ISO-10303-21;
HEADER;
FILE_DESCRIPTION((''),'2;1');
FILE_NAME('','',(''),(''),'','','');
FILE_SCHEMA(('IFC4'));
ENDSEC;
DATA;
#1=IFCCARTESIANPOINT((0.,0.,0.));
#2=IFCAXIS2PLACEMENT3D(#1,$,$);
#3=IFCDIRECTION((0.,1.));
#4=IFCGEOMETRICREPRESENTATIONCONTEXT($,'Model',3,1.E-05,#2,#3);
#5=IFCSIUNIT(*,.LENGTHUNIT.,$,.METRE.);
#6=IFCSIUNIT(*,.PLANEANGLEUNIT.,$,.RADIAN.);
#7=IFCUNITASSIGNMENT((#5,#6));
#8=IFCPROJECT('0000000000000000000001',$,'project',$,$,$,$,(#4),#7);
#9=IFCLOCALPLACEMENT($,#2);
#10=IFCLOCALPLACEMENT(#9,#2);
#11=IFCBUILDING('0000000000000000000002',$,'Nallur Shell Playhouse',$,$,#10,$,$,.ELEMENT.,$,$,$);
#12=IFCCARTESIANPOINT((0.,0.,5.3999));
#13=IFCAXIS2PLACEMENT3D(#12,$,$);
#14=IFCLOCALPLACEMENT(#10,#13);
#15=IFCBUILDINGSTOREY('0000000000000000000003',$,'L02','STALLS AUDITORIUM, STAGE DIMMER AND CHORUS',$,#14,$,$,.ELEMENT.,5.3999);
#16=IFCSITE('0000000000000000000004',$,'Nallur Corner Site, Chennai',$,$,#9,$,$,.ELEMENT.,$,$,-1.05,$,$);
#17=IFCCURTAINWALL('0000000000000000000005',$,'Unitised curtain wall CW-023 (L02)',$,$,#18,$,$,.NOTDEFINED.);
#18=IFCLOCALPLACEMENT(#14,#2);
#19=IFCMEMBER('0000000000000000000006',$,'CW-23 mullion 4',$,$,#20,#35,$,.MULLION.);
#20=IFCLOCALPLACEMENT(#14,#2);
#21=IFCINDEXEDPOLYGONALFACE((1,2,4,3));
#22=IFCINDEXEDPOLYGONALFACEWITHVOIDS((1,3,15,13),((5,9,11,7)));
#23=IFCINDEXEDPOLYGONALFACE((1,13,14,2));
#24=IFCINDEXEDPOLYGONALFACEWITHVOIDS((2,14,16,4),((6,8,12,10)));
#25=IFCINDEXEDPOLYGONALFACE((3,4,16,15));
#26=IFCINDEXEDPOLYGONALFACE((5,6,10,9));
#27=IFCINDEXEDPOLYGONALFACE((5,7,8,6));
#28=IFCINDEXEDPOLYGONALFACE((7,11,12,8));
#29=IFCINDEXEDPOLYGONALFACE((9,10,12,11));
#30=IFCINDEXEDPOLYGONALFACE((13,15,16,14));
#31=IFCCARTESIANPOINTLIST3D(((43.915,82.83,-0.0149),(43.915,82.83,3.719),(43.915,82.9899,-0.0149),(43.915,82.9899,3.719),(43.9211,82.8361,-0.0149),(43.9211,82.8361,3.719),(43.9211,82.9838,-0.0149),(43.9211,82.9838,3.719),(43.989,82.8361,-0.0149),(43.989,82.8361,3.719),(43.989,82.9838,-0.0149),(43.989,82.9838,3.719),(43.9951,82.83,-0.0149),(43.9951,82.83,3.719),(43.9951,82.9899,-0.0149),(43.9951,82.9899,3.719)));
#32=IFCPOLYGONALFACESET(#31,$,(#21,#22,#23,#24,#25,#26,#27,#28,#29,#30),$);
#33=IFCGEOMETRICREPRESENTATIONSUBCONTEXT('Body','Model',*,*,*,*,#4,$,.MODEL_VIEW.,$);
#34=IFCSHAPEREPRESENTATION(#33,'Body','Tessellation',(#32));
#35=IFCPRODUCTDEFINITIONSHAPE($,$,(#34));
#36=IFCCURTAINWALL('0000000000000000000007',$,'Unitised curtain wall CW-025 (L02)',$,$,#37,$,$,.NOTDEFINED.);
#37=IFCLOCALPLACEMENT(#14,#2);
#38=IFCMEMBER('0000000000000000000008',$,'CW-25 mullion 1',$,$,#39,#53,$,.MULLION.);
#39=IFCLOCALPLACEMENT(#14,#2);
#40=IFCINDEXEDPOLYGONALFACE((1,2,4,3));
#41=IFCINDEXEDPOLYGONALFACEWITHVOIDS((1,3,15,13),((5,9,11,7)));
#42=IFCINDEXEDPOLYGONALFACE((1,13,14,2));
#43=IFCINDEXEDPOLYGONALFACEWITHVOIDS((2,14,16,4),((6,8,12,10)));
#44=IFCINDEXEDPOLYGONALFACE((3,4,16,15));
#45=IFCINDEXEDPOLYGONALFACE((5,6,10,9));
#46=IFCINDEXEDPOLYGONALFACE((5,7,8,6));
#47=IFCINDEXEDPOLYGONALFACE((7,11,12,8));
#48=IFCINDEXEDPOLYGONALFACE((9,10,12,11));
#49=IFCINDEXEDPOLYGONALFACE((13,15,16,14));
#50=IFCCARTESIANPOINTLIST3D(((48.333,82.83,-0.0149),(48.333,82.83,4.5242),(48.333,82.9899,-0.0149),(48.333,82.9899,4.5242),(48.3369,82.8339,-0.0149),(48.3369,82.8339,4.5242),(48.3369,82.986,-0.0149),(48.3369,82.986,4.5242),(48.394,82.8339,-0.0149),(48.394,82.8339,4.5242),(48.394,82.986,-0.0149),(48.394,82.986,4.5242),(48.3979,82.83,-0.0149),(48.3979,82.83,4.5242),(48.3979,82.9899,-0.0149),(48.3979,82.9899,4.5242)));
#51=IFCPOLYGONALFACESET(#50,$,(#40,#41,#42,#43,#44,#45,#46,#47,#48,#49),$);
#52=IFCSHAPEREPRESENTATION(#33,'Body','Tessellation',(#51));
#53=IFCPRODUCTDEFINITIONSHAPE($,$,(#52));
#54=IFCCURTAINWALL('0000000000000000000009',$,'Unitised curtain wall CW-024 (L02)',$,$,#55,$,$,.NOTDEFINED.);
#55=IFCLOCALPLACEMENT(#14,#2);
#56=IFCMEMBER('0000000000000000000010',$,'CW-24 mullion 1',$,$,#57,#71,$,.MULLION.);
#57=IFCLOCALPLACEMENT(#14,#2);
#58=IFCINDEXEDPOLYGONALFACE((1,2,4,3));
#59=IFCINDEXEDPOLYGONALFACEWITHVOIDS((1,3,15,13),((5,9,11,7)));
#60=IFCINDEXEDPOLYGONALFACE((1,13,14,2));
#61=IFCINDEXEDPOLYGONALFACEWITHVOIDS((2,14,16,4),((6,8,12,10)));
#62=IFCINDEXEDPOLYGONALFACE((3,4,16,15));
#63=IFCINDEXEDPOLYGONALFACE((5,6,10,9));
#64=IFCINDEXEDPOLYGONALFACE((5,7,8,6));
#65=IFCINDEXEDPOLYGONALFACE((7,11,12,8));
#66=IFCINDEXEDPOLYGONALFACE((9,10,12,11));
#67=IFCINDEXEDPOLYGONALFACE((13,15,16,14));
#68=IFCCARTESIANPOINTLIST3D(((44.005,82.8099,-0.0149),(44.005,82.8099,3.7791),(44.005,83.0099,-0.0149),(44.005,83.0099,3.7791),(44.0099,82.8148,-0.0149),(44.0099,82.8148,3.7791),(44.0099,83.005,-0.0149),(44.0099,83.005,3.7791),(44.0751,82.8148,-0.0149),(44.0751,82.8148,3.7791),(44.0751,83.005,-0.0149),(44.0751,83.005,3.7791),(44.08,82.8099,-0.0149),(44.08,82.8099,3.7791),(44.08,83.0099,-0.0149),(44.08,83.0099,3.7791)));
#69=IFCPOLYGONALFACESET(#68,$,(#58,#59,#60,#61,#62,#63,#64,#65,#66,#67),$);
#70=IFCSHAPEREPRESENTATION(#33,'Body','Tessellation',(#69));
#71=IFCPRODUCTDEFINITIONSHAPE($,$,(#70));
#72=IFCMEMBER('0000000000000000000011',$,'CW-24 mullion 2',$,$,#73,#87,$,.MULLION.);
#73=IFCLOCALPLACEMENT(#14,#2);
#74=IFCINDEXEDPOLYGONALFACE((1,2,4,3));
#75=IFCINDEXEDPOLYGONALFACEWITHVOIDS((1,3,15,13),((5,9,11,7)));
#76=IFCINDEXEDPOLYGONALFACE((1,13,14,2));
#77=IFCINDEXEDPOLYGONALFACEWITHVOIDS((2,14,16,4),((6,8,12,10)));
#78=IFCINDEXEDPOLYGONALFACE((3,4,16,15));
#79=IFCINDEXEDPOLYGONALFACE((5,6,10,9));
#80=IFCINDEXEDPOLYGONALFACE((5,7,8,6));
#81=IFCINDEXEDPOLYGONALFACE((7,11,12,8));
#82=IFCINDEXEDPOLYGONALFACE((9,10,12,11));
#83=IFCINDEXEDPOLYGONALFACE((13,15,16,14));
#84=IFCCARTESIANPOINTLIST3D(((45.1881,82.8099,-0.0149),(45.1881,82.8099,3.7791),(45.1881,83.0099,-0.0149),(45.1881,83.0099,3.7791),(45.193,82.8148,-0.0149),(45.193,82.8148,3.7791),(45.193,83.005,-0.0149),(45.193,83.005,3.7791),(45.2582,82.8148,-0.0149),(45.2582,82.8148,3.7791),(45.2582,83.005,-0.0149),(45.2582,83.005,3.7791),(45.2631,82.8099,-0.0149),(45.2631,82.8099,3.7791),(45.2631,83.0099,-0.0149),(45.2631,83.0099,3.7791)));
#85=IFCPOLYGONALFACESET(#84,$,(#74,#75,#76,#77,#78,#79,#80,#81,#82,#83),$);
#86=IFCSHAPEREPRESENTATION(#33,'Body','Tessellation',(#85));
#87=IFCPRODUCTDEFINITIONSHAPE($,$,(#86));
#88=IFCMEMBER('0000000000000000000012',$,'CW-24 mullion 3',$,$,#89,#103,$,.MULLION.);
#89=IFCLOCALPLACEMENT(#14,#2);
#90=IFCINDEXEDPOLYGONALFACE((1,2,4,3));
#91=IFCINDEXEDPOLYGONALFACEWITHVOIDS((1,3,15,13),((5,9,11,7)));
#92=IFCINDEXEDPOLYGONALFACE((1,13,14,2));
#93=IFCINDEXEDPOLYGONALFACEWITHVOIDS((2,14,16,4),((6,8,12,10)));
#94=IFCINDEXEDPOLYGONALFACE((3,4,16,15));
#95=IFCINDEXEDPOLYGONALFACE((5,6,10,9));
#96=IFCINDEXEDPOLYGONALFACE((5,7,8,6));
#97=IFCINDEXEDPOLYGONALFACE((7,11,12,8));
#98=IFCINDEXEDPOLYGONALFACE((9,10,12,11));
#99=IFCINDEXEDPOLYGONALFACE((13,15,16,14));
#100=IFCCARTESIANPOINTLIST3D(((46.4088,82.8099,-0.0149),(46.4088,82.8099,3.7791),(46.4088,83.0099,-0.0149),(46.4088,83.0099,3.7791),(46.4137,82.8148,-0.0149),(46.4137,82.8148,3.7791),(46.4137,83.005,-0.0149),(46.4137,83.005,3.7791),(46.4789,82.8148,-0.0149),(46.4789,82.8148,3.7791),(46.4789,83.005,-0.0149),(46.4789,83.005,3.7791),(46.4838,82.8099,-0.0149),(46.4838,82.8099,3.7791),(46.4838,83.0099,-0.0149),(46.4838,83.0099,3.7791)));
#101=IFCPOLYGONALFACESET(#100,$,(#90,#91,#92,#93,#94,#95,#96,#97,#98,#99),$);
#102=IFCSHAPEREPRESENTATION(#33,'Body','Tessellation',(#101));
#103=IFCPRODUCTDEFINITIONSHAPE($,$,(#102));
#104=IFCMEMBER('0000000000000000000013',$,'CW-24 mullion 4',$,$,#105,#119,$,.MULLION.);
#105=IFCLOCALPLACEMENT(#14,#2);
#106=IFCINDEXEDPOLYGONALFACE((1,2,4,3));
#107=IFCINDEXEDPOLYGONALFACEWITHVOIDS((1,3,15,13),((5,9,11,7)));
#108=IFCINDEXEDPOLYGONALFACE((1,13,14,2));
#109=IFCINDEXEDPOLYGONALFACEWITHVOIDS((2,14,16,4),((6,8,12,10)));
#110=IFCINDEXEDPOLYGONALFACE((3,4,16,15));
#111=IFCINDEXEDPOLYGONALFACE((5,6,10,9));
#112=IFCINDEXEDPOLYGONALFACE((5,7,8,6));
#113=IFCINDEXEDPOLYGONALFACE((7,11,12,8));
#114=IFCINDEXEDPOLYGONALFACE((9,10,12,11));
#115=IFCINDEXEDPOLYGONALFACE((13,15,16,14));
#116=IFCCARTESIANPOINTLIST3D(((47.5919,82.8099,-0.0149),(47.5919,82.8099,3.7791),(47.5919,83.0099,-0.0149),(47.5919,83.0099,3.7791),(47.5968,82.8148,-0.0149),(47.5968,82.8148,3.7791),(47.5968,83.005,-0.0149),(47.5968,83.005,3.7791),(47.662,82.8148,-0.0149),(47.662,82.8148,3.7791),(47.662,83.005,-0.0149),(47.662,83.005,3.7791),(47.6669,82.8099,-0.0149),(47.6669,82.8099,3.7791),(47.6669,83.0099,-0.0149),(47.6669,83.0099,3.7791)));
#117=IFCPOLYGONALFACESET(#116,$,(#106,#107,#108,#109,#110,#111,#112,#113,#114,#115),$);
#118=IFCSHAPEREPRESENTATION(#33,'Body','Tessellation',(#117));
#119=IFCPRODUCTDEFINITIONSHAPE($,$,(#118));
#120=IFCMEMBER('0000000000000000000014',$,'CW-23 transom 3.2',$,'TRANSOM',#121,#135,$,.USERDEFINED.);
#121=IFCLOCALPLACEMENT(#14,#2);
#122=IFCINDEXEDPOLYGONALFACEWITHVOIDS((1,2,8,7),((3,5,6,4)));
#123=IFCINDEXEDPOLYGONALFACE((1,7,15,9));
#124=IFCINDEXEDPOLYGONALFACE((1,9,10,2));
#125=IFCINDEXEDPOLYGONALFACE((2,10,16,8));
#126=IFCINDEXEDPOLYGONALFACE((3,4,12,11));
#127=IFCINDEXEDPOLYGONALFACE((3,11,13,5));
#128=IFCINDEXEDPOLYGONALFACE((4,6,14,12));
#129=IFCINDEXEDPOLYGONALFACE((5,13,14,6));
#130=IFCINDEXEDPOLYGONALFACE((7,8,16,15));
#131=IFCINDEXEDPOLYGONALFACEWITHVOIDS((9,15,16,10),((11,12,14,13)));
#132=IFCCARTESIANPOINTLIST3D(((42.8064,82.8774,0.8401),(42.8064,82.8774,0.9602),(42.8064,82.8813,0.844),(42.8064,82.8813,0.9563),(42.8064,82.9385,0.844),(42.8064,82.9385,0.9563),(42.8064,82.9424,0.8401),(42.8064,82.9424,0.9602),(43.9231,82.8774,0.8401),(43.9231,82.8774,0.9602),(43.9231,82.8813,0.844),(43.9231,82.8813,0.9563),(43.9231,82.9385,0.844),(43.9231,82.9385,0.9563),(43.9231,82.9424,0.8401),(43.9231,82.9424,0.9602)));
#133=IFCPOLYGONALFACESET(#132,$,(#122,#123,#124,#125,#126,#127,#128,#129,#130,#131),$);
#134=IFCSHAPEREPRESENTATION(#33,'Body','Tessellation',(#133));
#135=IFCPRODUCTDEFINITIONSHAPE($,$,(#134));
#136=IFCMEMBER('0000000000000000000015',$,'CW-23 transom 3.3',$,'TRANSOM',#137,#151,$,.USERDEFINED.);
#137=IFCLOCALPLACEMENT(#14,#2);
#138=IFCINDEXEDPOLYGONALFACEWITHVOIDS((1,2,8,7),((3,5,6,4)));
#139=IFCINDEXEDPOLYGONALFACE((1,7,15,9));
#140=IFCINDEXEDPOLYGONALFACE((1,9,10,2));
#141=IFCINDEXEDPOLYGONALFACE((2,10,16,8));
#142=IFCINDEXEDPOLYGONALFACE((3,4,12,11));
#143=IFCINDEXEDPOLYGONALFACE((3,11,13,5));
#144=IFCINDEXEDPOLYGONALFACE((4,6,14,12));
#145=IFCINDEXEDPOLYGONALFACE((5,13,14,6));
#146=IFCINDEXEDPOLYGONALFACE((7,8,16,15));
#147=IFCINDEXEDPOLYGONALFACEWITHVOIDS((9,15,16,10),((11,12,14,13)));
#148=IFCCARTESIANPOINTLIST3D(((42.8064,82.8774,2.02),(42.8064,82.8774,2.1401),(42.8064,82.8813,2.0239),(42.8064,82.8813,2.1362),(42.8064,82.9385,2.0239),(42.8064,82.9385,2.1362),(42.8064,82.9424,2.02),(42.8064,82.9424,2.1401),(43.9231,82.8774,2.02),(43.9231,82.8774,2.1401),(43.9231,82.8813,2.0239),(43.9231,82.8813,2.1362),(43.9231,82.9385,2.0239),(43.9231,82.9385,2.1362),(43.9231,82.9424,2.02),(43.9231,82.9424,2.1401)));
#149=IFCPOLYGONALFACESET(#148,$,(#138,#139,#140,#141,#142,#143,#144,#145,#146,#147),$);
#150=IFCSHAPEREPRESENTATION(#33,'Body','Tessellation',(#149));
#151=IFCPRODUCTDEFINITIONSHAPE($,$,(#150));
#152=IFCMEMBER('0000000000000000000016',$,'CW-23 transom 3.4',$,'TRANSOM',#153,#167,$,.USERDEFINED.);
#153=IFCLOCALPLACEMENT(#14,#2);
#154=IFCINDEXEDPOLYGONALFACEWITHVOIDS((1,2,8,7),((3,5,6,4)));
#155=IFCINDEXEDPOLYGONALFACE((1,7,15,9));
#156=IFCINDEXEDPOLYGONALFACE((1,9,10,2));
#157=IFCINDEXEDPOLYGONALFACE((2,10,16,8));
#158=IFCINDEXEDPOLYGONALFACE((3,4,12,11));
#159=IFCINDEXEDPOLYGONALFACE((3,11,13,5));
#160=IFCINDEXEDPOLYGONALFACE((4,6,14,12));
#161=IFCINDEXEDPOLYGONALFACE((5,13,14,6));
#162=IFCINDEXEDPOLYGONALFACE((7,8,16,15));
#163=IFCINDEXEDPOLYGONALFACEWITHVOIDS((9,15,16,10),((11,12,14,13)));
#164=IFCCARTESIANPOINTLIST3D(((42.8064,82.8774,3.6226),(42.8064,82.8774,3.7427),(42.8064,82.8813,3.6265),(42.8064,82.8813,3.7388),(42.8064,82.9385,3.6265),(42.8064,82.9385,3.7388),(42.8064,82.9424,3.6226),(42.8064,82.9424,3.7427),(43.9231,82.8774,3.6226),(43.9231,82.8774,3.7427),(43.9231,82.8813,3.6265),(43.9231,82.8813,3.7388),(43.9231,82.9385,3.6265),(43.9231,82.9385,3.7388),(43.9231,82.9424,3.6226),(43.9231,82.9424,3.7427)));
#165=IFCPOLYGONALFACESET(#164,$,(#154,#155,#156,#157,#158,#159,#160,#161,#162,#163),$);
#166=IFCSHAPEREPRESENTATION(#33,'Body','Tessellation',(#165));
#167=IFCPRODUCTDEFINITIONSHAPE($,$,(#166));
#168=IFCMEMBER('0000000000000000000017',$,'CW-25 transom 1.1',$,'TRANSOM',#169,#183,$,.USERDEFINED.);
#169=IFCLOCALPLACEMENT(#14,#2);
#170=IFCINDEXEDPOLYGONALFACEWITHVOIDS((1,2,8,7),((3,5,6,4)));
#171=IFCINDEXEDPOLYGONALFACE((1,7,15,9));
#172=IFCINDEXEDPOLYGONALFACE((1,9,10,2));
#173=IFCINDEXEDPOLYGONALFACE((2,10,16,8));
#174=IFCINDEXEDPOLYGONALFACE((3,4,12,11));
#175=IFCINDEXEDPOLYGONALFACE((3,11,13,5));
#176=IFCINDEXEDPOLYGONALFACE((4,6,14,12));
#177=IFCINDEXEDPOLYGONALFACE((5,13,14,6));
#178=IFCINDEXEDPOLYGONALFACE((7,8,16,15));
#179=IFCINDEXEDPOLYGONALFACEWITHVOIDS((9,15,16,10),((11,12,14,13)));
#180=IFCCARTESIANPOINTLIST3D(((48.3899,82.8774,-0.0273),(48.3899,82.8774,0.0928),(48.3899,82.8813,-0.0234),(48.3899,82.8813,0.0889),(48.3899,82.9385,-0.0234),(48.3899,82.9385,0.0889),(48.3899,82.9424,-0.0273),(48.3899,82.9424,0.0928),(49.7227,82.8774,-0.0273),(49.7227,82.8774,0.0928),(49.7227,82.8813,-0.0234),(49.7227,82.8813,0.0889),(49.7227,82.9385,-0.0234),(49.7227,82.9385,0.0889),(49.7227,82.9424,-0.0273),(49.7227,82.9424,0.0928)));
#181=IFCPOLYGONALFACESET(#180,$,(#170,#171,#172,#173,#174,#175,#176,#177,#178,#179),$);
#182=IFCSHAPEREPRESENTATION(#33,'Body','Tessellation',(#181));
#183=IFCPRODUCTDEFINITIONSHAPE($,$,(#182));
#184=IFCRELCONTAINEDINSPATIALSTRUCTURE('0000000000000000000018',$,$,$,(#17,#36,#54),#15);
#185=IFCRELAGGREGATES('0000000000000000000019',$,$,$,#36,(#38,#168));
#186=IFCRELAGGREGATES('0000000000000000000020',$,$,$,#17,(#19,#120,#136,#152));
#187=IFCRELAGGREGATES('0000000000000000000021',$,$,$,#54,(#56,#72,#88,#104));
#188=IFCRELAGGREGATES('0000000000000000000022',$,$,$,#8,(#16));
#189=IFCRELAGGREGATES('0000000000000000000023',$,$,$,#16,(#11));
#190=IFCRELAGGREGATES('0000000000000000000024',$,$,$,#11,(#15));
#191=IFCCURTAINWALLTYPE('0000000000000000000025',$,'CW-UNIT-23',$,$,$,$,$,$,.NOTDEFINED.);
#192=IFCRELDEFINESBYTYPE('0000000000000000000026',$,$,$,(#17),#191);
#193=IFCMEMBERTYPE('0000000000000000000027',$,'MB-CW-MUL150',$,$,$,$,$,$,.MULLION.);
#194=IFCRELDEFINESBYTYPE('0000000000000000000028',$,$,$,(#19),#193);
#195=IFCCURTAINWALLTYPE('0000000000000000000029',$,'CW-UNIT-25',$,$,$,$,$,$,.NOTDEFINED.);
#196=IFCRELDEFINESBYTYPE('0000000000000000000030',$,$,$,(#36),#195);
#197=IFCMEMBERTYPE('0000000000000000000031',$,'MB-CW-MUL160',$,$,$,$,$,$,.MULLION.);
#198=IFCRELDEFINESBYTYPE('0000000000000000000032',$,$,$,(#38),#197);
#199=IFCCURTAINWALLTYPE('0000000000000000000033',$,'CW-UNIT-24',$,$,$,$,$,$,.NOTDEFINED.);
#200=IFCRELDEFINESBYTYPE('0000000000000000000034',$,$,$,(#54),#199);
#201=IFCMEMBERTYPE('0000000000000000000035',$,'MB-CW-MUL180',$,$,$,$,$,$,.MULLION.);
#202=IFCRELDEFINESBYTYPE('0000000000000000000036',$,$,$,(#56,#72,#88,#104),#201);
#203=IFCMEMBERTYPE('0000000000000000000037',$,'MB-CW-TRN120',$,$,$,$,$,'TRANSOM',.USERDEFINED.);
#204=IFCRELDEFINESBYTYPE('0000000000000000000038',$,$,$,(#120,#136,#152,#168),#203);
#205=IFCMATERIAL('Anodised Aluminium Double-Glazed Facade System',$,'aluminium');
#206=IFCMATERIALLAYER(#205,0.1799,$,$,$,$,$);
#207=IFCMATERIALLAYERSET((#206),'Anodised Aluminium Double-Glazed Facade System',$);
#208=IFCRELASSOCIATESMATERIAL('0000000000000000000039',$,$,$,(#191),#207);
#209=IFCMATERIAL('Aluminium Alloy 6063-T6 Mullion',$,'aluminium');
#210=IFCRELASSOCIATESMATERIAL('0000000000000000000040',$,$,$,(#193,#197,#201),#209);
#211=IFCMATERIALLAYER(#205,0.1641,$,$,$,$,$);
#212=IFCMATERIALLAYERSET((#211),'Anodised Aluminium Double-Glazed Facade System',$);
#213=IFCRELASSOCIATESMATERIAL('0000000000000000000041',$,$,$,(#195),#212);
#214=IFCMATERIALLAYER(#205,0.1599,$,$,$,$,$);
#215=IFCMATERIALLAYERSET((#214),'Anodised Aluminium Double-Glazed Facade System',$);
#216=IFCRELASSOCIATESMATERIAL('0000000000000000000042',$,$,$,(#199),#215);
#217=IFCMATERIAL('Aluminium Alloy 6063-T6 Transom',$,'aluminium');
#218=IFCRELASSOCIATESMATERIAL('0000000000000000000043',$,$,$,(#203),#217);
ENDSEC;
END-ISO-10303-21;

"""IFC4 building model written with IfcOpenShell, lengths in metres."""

from ifc_helpers import new_model, si_unit, direction, frame, origin, origin_2d, place, context, subcontext, project, spatial, hollow_rectangle, extrude, material, layer, layer_set, material_profile, profile_set, type_object, element, aggregate, save


model = new_model("IFC4")

# Units and contexts
model_context = context("Model", 3, precision=1e-05, world=origin(), true_north=direction((0.0, 1.0)))
body_context = subcontext(model_context, "Body", "Model", "MODEL_VIEW")
ifc_project = project(units=[si_unit("LENGTHUNIT", "METRE"), si_unit("PLANEANGLEUNIT", "RADIAN")], contexts=[model_context])

# Site, building, storey
site_placement = place(None, origin())
site = spatial("IfcSite", under=ifc_project, at=site_placement, Name="Nallur Corner Site, Chennai", CompositionType="ELEMENT", RefElevation=-1.05)
building_placement = place(site_placement, origin())
building = spatial("IfcBuilding", under=site, at=building_placement, Name="Nallur Shell Playhouse", CompositionType="ELEMENT")
storey_placement = place(building_placement, frame((0.0, 0.0, 5.3999)))
storey = spatial("IfcBuildingStorey", under=building, at=storey_placement, Name="L02", Description="STALLS AUDITORIUM, STAGE DIMMER AND CHORUS", CompositionType="ELEMENT", Elevation=5.3999)

# Curtain walls, members
ifc_material_1 = material(Name="Anodised Aluminium Double-Glazed Facade System", Category="aluminium")
ifc_layer_1 = layer(ifc_material_1, 0.1799)
ifc_layer_set_1 = layer_set([ifc_layer_1], Name="Anodised Aluminium Double-Glazed Facade System")
curtain_wall_type_1 = type_object("IfcCurtainWallType", Name="CW-UNIT-23", PredefinedType="NOTDEFINED", material=ifc_layer_set_1)
curtain_wall_1_placement = place(storey_placement, origin())
curtain_wall_1 = element("IfcCurtainWall", 1, at=curtain_wall_1_placement, inside=storey, type_object=curtain_wall_type_1, Name="Unitised curtain wall CW-023 (L02)", PredefinedType="NOTDEFINED")
ifc_material_2 = material(Name="Aluminium Alloy 6063-T6 Mullion", Category="aluminium")
ifc_material_profile_1 = material_profile(ifc_material_2, hollow_rectangle(XDim=0.0801, YDim=0.1599, WallThickness=0.0061, at=origin_2d()), Name="RHS 160x80x6")
ifc_profile_set_1 = profile_set([ifc_material_profile_1], Name="Aluminium Alloy 6063-T6 Mullion")
member_type_1 = type_object("IfcMemberType", Name="MB-CW-MUL150", PredefinedType="MULLION", material=ifc_profile_set_1)
member_1_placement = place(storey_placement, frame((43.9551, 82.9099, -0.0149), z_axis=(0.0, 0.0, 1.0), x_axis=(1.0, 0.0, 0.0)))
member_1 = element("IfcMember", 2, at=member_1_placement, type_object=member_type_1, Name="CW-23 mullion 4", PredefinedType="MULLION", context=body_context, shape_type="SweptSolid", body=[
    extrude(hollow_rectangle(XDim=0.0801, YDim=0.1599, WallThickness=0.0061, at=origin_2d()), origin(), (0.0, 0.0, 1.0), 3.7339),
])
ifc_layer_2 = layer(ifc_material_1, 0.1641)
ifc_layer_set_2 = layer_set([ifc_layer_2], Name="Anodised Aluminium Double-Glazed Facade System")
curtain_wall_type_2 = type_object("IfcCurtainWallType", Name="CW-UNIT-25", PredefinedType="NOTDEFINED", material=ifc_layer_set_2)
curtain_wall_2_placement = place(storey_placement, origin())
curtain_wall_2 = element("IfcCurtainWall", 3, at=curtain_wall_2_placement, inside=storey, type_object=curtain_wall_type_2, Name="Unitised curtain wall CW-025 (L02)", PredefinedType="NOTDEFINED")
ifc_material_profile_2 = material_profile(ifc_material_2, hollow_rectangle(XDim=0.0649, YDim=0.1599, WallThickness=0.0039, at=origin_2d()), Name="ALU 65x160x4")
ifc_profile_set_2 = profile_set([ifc_material_profile_2], Name="Aluminium Alloy 6063-T6 Mullion")
member_type_2 = type_object("IfcMemberType", Name="MB-CW-MUL160", PredefinedType="MULLION", material=ifc_profile_set_2)
member_2_placement = place(storey_placement, frame((48.3655, 82.9099, -0.0149), z_axis=(0.0, 0.0, 1.0), x_axis=(1.0, 0.0, 0.0)))
member_2 = element("IfcMember", 4, at=member_2_placement, type_object=member_type_2, Name="CW-25 mullion 1", PredefinedType="MULLION", context=body_context, shape_type="SweptSolid", body=[
    extrude(hollow_rectangle(XDim=0.0649, YDim=0.1599, WallThickness=0.0039, at=origin_2d()), origin(), (0.0, 0.0, 1.0), 4.5391),
])

# Curtain wall, members
ifc_layer_3 = layer(ifc_material_1, 0.1599)
ifc_layer_set_3 = layer_set([ifc_layer_3], Name="Anodised Aluminium Double-Glazed Facade System")
curtain_wall_type_3 = type_object("IfcCurtainWallType", Name="CW-UNIT-24", PredefinedType="NOTDEFINED", material=ifc_layer_set_3)
curtain_wall_3_placement = place(storey_placement, origin())
curtain_wall_3 = element("IfcCurtainWall", 5, at=curtain_wall_3_placement, inside=storey, type_object=curtain_wall_type_3, Name="Unitised curtain wall CW-024 (L02)", PredefinedType="NOTDEFINED")
ifc_material_profile_3 = material_profile(ifc_material_2, hollow_rectangle(XDim=0.075, YDim=0.2, WallThickness=0.0049, at=origin_2d()), Name="ALU 75x200x5")
ifc_profile_set_3 = profile_set([ifc_material_profile_3], Name="Aluminium Alloy 6063-T6 Mullion")
member_type_3 = type_object("IfcMemberType", Name="MB-CW-MUL180", PredefinedType="MULLION", material=ifc_profile_set_3)
member_3_placement = place(storey_placement, frame((44.0425, 82.9099, -0.0149), z_axis=(0.0, 0.0, 1.0), x_axis=(1.0, 0.0, 0.0)))
member_3 = element("IfcMember", 6, at=member_3_placement, type_object=member_type_3, Name="CW-24 mullion 1", PredefinedType="MULLION", context=body_context, shape_type="SweptSolid", body=[
    extrude(hollow_rectangle(XDim=0.075, YDim=0.2, WallThickness=0.0049, at=origin_2d()), origin(), (0.0, 0.0, 1.0), 3.7939),
])
member_4_placement = place(storey_placement, frame((45.2256, 82.9099, -0.0149), z_axis=(0.0, 0.0, 1.0), x_axis=(1.0, 0.0, 0.0)))
member_4 = element("IfcMember", 7, at=member_4_placement, type_object=member_type_3, Name="CW-24 mullion 2", PredefinedType="MULLION", context=body_context, shape_type="SweptSolid", body=[
    extrude(hollow_rectangle(XDim=0.075, YDim=0.2, WallThickness=0.0049, at=origin_2d()), origin(), (0.0, 0.0, 1.0), 3.7939),
])
member_5_placement = place(storey_placement, frame((46.4463, 82.9099, -0.0149), z_axis=(0.0, 0.0, 1.0), x_axis=(1.0, 0.0, 0.0)))
member_5 = element("IfcMember", 8, at=member_5_placement, type_object=member_type_3, Name="CW-24 mullion 3", PredefinedType="MULLION", context=body_context, shape_type="SweptSolid", body=[
    extrude(hollow_rectangle(XDim=0.075, YDim=0.2, WallThickness=0.0049, at=origin_2d()), origin(), (0.0, 0.0, 1.0), 3.7939),
])
member_6_placement = place(storey_placement, frame((47.6294, 82.9099, -0.0149), z_axis=(0.0, 0.0, 1.0), x_axis=(1.0, 0.0, 0.0)))
member_6 = element("IfcMember", 9, at=member_6_placement, type_object=member_type_3, Name="CW-24 mullion 4", PredefinedType="MULLION", context=body_context, shape_type="SweptSolid", body=[
    extrude(hollow_rectangle(XDim=0.075, YDim=0.2, WallThickness=0.0049, at=origin_2d()), origin(), (0.0, 0.0, 1.0), 3.7939),
])

# Members
ifc_material_3 = material(Name="Aluminium Alloy 6063-T6 Transom", Category="aluminium")
ifc_material_profile_4 = material_profile(ifc_material_3, hollow_rectangle(XDim=0.0649, YDim=0.1201, WallThickness=0.0039, at=origin_2d()), Name="ALU 65x120x4")
ifc_profile_set_4 = profile_set([ifc_material_profile_4], Name="Aluminium Alloy 6063-T6 Transom")
member_type_4 = type_object("IfcMemberType", Name="MB-CW-TRN120", ElementType="TRANSOM", PredefinedType="USERDEFINED", material=ifc_profile_set_4)
member_7_placement = place(storey_placement, frame((42.8064, 82.9099, 0.9001), z_axis=(1.0, 0.0, 0.0), x_axis=(0.0, 1.0, 0.0)))
member_7 = element("IfcMember", 10, at=member_7_placement, type_object=member_type_4, Name="CW-23 transom 3.2", ObjectType="TRANSOM", PredefinedType="USERDEFINED", context=body_context, shape_type="SweptSolid", body=[
    extrude(hollow_rectangle(XDim=0.0649, YDim=0.1201, WallThickness=0.0039, at=origin_2d()), origin(), (0.0, 0.0, 1.0), 1.1167),
])
member_8_placement = place(storey_placement, frame((42.8064, 82.9099, 2.0801), z_axis=(1.0, 0.0, 0.0), x_axis=(0.0, 1.0, 0.0)))
member_8 = element("IfcMember", 11, at=member_8_placement, type_object=member_type_4, Name="CW-23 transom 3.3", ObjectType="TRANSOM", PredefinedType="USERDEFINED", context=body_context, shape_type="SweptSolid", body=[
    extrude(hollow_rectangle(XDim=0.0649, YDim=0.1201, WallThickness=0.0039, at=origin_2d()), origin(), (0.0, 0.0, 1.0), 1.1167),
])
member_9_placement = place(storey_placement, frame((42.8064, 82.9099, 3.6826), z_axis=(1.0, 0.0, 0.0), x_axis=(0.0, 1.0, 0.0)))
member_9 = element("IfcMember", 12, at=member_9_placement, type_object=member_type_4, Name="CW-23 transom 3.4", ObjectType="TRANSOM", PredefinedType="USERDEFINED", context=body_context, shape_type="SweptSolid", body=[
    extrude(hollow_rectangle(XDim=0.0649, YDim=0.1201, WallThickness=0.0039, at=origin_2d()), origin(), (0.0, 0.0, 1.0), 1.1167),
])
member_10_placement = place(storey_placement, frame((48.3899, 82.9099, 0.0327), z_axis=(1.0, 0.0, 0.0), x_axis=(0.0, 1.0, 0.0)))
member_10 = element("IfcMember", 13, at=member_10_placement, type_object=member_type_4, Name="CW-25 transom 1.1", ObjectType="TRANSOM", PredefinedType="USERDEFINED", context=body_context, shape_type="SweptSolid", body=[
    extrude(hollow_rectangle(XDim=0.0649, YDim=0.1201, WallThickness=0.0039, at=origin_2d()), origin(), (0.0, 0.0, 1.0), 1.3328),
])

aggregate(curtain_wall_2, [member_2, member_10])
aggregate(curtain_wall_1, [member_1, member_7, member_8, member_9])
aggregate(curtain_wall_3, [member_3, member_4, member_5, member_6])

save(model, "model.ifc")
